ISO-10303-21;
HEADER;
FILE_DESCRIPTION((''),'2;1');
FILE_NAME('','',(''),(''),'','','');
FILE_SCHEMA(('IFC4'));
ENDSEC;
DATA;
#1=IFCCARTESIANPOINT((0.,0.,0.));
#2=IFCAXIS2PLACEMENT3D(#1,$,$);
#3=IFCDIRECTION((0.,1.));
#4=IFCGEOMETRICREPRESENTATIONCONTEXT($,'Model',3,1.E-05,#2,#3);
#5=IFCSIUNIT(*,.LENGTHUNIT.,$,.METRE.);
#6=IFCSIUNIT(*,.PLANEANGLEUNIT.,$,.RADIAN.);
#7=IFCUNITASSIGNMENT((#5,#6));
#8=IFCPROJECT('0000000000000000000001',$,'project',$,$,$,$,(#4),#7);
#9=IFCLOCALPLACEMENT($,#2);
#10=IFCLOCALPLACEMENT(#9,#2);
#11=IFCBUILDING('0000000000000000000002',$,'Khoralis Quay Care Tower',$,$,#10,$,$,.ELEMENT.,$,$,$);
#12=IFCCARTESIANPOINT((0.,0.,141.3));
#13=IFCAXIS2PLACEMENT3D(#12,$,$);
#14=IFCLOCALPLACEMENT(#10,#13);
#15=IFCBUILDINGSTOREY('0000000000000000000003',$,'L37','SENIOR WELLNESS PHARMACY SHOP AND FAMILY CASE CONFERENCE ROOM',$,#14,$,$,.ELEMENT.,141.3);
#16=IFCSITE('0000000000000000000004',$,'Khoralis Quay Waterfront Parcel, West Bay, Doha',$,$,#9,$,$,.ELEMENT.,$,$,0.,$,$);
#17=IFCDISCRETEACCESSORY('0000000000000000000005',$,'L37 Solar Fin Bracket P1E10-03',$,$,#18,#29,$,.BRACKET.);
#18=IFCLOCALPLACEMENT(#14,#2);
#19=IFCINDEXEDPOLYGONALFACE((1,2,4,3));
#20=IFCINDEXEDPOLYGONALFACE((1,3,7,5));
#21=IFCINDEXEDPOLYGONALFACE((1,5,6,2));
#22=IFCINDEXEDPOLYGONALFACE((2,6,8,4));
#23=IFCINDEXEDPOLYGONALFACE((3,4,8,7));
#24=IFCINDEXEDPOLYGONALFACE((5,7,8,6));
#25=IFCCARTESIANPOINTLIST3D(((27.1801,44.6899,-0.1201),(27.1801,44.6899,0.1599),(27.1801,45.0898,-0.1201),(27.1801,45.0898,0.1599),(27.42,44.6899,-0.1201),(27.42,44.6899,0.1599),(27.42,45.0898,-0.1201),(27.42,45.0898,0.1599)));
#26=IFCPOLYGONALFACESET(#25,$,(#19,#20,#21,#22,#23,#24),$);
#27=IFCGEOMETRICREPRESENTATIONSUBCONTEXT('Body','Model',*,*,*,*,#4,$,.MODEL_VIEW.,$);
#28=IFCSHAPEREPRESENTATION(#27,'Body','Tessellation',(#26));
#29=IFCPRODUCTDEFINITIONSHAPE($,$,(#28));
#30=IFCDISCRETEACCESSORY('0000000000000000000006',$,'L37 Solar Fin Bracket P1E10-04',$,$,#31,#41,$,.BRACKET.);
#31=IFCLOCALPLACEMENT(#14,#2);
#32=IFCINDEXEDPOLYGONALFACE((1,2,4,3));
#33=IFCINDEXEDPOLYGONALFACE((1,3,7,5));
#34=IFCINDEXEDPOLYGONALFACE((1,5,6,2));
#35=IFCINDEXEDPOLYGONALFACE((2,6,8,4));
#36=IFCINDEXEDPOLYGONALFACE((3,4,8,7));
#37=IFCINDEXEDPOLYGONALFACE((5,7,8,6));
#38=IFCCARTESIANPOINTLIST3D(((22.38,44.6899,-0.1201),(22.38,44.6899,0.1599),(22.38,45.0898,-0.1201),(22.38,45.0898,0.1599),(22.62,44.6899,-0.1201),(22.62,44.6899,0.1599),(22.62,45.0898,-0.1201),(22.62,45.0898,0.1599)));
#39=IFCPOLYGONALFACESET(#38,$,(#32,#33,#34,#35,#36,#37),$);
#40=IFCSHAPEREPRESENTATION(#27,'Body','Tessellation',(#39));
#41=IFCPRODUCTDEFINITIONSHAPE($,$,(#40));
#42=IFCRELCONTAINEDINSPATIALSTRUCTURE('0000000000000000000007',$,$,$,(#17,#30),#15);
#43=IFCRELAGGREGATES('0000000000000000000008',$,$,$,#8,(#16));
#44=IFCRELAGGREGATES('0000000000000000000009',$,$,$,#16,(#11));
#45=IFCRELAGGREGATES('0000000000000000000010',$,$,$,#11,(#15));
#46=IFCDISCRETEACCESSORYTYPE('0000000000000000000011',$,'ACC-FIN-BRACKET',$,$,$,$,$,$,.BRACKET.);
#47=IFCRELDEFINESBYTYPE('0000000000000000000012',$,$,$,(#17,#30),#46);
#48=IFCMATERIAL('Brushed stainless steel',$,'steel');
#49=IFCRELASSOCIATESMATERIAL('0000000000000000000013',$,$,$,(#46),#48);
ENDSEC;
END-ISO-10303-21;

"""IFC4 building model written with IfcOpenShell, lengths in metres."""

from ifc_helpers import new_model, si_unit, direction, frame, origin, origin_2d, place, context, subcontext, project, spatial, rectangle, extrude, source, transform, mapped, material, type_object, element, save


model = new_model("IFC4")

# Units and contexts
model_context = context("Model", 3, precision=1e-05, world=origin(), true_north=direction((0.0, 1.0)))
body_context = subcontext(model_context, "Body", "Model", "MODEL_VIEW")
ifc_project = project(units=[si_unit("LENGTHUNIT", "METRE"), si_unit("PLANEANGLEUNIT", "RADIAN")], contexts=[model_context])

# Site, building, storey
site_placement = place(None, origin())
site = spatial("IfcSite", under=ifc_project, at=site_placement, Name="Khoralis Quay Waterfront Parcel, West Bay, Doha", CompositionType="ELEMENT", RefElevation=0.0)
building_placement = place(site_placement, origin())
building = spatial("IfcBuilding", under=site, at=building_placement, Name="Khoralis Quay Care Tower", CompositionType="ELEMENT")
storey_placement = place(building_placement, frame((0.0, 0.0, 141.3)))
storey = spatial("IfcBuildingStorey", under=building, at=storey_placement, Name="L37", Description="SENIOR WELLNESS PHARMACY SHOP AND FAMILY CASE CONFERENCE ROOM", CompositionType="ELEMENT", Elevation=141.3)

# Discrete accessories
ifc_material_1 = material(Name="Brushed stainless steel", Category="steel")
discrete_accessory_type = type_object("IfcDiscreteAccessoryType", Name="ACC-FIN-BRACKET", PredefinedType="BRACKET", material=ifc_material_1)
shared_shape_1 = source(origin(), body_context, "Body", "SweptSolid", [
    extrude(rectangle(XDim=0.3999, YDim=0.24, at=origin_2d()), origin(), (0.0, 0.0, 1.0), 0.28),
])
for number, where, z_axis, x_axis, name in (
    (1, (27.3, 44.8899, -0.1201), (0.0, 0.0, 1.0), (0.0, 1.0, 0.0), "L37 Solar Fin Bracket P1E10-03"),
    (2, (22.5, 44.8899, -0.1201), (0.0, 0.0, 1.0), (0.0, 1.0, 0.0), "L37 Solar Fin Bracket P1E10-04"),
):
    element("IfcDiscreteAccessory", number, at=place(storey_placement, frame(where, z_axis=z_axis, x_axis=x_axis)), inside=storey, type_object=discrete_accessory_type, Name=name, PredefinedType="BRACKET", context=body_context, shape_type="MappedRepresentation", body=[
        mapped(shared_shape_1, transform((0.0, 0.0, 0.0), scale=1.0)),
    ])

save(model, "model.ifc")
